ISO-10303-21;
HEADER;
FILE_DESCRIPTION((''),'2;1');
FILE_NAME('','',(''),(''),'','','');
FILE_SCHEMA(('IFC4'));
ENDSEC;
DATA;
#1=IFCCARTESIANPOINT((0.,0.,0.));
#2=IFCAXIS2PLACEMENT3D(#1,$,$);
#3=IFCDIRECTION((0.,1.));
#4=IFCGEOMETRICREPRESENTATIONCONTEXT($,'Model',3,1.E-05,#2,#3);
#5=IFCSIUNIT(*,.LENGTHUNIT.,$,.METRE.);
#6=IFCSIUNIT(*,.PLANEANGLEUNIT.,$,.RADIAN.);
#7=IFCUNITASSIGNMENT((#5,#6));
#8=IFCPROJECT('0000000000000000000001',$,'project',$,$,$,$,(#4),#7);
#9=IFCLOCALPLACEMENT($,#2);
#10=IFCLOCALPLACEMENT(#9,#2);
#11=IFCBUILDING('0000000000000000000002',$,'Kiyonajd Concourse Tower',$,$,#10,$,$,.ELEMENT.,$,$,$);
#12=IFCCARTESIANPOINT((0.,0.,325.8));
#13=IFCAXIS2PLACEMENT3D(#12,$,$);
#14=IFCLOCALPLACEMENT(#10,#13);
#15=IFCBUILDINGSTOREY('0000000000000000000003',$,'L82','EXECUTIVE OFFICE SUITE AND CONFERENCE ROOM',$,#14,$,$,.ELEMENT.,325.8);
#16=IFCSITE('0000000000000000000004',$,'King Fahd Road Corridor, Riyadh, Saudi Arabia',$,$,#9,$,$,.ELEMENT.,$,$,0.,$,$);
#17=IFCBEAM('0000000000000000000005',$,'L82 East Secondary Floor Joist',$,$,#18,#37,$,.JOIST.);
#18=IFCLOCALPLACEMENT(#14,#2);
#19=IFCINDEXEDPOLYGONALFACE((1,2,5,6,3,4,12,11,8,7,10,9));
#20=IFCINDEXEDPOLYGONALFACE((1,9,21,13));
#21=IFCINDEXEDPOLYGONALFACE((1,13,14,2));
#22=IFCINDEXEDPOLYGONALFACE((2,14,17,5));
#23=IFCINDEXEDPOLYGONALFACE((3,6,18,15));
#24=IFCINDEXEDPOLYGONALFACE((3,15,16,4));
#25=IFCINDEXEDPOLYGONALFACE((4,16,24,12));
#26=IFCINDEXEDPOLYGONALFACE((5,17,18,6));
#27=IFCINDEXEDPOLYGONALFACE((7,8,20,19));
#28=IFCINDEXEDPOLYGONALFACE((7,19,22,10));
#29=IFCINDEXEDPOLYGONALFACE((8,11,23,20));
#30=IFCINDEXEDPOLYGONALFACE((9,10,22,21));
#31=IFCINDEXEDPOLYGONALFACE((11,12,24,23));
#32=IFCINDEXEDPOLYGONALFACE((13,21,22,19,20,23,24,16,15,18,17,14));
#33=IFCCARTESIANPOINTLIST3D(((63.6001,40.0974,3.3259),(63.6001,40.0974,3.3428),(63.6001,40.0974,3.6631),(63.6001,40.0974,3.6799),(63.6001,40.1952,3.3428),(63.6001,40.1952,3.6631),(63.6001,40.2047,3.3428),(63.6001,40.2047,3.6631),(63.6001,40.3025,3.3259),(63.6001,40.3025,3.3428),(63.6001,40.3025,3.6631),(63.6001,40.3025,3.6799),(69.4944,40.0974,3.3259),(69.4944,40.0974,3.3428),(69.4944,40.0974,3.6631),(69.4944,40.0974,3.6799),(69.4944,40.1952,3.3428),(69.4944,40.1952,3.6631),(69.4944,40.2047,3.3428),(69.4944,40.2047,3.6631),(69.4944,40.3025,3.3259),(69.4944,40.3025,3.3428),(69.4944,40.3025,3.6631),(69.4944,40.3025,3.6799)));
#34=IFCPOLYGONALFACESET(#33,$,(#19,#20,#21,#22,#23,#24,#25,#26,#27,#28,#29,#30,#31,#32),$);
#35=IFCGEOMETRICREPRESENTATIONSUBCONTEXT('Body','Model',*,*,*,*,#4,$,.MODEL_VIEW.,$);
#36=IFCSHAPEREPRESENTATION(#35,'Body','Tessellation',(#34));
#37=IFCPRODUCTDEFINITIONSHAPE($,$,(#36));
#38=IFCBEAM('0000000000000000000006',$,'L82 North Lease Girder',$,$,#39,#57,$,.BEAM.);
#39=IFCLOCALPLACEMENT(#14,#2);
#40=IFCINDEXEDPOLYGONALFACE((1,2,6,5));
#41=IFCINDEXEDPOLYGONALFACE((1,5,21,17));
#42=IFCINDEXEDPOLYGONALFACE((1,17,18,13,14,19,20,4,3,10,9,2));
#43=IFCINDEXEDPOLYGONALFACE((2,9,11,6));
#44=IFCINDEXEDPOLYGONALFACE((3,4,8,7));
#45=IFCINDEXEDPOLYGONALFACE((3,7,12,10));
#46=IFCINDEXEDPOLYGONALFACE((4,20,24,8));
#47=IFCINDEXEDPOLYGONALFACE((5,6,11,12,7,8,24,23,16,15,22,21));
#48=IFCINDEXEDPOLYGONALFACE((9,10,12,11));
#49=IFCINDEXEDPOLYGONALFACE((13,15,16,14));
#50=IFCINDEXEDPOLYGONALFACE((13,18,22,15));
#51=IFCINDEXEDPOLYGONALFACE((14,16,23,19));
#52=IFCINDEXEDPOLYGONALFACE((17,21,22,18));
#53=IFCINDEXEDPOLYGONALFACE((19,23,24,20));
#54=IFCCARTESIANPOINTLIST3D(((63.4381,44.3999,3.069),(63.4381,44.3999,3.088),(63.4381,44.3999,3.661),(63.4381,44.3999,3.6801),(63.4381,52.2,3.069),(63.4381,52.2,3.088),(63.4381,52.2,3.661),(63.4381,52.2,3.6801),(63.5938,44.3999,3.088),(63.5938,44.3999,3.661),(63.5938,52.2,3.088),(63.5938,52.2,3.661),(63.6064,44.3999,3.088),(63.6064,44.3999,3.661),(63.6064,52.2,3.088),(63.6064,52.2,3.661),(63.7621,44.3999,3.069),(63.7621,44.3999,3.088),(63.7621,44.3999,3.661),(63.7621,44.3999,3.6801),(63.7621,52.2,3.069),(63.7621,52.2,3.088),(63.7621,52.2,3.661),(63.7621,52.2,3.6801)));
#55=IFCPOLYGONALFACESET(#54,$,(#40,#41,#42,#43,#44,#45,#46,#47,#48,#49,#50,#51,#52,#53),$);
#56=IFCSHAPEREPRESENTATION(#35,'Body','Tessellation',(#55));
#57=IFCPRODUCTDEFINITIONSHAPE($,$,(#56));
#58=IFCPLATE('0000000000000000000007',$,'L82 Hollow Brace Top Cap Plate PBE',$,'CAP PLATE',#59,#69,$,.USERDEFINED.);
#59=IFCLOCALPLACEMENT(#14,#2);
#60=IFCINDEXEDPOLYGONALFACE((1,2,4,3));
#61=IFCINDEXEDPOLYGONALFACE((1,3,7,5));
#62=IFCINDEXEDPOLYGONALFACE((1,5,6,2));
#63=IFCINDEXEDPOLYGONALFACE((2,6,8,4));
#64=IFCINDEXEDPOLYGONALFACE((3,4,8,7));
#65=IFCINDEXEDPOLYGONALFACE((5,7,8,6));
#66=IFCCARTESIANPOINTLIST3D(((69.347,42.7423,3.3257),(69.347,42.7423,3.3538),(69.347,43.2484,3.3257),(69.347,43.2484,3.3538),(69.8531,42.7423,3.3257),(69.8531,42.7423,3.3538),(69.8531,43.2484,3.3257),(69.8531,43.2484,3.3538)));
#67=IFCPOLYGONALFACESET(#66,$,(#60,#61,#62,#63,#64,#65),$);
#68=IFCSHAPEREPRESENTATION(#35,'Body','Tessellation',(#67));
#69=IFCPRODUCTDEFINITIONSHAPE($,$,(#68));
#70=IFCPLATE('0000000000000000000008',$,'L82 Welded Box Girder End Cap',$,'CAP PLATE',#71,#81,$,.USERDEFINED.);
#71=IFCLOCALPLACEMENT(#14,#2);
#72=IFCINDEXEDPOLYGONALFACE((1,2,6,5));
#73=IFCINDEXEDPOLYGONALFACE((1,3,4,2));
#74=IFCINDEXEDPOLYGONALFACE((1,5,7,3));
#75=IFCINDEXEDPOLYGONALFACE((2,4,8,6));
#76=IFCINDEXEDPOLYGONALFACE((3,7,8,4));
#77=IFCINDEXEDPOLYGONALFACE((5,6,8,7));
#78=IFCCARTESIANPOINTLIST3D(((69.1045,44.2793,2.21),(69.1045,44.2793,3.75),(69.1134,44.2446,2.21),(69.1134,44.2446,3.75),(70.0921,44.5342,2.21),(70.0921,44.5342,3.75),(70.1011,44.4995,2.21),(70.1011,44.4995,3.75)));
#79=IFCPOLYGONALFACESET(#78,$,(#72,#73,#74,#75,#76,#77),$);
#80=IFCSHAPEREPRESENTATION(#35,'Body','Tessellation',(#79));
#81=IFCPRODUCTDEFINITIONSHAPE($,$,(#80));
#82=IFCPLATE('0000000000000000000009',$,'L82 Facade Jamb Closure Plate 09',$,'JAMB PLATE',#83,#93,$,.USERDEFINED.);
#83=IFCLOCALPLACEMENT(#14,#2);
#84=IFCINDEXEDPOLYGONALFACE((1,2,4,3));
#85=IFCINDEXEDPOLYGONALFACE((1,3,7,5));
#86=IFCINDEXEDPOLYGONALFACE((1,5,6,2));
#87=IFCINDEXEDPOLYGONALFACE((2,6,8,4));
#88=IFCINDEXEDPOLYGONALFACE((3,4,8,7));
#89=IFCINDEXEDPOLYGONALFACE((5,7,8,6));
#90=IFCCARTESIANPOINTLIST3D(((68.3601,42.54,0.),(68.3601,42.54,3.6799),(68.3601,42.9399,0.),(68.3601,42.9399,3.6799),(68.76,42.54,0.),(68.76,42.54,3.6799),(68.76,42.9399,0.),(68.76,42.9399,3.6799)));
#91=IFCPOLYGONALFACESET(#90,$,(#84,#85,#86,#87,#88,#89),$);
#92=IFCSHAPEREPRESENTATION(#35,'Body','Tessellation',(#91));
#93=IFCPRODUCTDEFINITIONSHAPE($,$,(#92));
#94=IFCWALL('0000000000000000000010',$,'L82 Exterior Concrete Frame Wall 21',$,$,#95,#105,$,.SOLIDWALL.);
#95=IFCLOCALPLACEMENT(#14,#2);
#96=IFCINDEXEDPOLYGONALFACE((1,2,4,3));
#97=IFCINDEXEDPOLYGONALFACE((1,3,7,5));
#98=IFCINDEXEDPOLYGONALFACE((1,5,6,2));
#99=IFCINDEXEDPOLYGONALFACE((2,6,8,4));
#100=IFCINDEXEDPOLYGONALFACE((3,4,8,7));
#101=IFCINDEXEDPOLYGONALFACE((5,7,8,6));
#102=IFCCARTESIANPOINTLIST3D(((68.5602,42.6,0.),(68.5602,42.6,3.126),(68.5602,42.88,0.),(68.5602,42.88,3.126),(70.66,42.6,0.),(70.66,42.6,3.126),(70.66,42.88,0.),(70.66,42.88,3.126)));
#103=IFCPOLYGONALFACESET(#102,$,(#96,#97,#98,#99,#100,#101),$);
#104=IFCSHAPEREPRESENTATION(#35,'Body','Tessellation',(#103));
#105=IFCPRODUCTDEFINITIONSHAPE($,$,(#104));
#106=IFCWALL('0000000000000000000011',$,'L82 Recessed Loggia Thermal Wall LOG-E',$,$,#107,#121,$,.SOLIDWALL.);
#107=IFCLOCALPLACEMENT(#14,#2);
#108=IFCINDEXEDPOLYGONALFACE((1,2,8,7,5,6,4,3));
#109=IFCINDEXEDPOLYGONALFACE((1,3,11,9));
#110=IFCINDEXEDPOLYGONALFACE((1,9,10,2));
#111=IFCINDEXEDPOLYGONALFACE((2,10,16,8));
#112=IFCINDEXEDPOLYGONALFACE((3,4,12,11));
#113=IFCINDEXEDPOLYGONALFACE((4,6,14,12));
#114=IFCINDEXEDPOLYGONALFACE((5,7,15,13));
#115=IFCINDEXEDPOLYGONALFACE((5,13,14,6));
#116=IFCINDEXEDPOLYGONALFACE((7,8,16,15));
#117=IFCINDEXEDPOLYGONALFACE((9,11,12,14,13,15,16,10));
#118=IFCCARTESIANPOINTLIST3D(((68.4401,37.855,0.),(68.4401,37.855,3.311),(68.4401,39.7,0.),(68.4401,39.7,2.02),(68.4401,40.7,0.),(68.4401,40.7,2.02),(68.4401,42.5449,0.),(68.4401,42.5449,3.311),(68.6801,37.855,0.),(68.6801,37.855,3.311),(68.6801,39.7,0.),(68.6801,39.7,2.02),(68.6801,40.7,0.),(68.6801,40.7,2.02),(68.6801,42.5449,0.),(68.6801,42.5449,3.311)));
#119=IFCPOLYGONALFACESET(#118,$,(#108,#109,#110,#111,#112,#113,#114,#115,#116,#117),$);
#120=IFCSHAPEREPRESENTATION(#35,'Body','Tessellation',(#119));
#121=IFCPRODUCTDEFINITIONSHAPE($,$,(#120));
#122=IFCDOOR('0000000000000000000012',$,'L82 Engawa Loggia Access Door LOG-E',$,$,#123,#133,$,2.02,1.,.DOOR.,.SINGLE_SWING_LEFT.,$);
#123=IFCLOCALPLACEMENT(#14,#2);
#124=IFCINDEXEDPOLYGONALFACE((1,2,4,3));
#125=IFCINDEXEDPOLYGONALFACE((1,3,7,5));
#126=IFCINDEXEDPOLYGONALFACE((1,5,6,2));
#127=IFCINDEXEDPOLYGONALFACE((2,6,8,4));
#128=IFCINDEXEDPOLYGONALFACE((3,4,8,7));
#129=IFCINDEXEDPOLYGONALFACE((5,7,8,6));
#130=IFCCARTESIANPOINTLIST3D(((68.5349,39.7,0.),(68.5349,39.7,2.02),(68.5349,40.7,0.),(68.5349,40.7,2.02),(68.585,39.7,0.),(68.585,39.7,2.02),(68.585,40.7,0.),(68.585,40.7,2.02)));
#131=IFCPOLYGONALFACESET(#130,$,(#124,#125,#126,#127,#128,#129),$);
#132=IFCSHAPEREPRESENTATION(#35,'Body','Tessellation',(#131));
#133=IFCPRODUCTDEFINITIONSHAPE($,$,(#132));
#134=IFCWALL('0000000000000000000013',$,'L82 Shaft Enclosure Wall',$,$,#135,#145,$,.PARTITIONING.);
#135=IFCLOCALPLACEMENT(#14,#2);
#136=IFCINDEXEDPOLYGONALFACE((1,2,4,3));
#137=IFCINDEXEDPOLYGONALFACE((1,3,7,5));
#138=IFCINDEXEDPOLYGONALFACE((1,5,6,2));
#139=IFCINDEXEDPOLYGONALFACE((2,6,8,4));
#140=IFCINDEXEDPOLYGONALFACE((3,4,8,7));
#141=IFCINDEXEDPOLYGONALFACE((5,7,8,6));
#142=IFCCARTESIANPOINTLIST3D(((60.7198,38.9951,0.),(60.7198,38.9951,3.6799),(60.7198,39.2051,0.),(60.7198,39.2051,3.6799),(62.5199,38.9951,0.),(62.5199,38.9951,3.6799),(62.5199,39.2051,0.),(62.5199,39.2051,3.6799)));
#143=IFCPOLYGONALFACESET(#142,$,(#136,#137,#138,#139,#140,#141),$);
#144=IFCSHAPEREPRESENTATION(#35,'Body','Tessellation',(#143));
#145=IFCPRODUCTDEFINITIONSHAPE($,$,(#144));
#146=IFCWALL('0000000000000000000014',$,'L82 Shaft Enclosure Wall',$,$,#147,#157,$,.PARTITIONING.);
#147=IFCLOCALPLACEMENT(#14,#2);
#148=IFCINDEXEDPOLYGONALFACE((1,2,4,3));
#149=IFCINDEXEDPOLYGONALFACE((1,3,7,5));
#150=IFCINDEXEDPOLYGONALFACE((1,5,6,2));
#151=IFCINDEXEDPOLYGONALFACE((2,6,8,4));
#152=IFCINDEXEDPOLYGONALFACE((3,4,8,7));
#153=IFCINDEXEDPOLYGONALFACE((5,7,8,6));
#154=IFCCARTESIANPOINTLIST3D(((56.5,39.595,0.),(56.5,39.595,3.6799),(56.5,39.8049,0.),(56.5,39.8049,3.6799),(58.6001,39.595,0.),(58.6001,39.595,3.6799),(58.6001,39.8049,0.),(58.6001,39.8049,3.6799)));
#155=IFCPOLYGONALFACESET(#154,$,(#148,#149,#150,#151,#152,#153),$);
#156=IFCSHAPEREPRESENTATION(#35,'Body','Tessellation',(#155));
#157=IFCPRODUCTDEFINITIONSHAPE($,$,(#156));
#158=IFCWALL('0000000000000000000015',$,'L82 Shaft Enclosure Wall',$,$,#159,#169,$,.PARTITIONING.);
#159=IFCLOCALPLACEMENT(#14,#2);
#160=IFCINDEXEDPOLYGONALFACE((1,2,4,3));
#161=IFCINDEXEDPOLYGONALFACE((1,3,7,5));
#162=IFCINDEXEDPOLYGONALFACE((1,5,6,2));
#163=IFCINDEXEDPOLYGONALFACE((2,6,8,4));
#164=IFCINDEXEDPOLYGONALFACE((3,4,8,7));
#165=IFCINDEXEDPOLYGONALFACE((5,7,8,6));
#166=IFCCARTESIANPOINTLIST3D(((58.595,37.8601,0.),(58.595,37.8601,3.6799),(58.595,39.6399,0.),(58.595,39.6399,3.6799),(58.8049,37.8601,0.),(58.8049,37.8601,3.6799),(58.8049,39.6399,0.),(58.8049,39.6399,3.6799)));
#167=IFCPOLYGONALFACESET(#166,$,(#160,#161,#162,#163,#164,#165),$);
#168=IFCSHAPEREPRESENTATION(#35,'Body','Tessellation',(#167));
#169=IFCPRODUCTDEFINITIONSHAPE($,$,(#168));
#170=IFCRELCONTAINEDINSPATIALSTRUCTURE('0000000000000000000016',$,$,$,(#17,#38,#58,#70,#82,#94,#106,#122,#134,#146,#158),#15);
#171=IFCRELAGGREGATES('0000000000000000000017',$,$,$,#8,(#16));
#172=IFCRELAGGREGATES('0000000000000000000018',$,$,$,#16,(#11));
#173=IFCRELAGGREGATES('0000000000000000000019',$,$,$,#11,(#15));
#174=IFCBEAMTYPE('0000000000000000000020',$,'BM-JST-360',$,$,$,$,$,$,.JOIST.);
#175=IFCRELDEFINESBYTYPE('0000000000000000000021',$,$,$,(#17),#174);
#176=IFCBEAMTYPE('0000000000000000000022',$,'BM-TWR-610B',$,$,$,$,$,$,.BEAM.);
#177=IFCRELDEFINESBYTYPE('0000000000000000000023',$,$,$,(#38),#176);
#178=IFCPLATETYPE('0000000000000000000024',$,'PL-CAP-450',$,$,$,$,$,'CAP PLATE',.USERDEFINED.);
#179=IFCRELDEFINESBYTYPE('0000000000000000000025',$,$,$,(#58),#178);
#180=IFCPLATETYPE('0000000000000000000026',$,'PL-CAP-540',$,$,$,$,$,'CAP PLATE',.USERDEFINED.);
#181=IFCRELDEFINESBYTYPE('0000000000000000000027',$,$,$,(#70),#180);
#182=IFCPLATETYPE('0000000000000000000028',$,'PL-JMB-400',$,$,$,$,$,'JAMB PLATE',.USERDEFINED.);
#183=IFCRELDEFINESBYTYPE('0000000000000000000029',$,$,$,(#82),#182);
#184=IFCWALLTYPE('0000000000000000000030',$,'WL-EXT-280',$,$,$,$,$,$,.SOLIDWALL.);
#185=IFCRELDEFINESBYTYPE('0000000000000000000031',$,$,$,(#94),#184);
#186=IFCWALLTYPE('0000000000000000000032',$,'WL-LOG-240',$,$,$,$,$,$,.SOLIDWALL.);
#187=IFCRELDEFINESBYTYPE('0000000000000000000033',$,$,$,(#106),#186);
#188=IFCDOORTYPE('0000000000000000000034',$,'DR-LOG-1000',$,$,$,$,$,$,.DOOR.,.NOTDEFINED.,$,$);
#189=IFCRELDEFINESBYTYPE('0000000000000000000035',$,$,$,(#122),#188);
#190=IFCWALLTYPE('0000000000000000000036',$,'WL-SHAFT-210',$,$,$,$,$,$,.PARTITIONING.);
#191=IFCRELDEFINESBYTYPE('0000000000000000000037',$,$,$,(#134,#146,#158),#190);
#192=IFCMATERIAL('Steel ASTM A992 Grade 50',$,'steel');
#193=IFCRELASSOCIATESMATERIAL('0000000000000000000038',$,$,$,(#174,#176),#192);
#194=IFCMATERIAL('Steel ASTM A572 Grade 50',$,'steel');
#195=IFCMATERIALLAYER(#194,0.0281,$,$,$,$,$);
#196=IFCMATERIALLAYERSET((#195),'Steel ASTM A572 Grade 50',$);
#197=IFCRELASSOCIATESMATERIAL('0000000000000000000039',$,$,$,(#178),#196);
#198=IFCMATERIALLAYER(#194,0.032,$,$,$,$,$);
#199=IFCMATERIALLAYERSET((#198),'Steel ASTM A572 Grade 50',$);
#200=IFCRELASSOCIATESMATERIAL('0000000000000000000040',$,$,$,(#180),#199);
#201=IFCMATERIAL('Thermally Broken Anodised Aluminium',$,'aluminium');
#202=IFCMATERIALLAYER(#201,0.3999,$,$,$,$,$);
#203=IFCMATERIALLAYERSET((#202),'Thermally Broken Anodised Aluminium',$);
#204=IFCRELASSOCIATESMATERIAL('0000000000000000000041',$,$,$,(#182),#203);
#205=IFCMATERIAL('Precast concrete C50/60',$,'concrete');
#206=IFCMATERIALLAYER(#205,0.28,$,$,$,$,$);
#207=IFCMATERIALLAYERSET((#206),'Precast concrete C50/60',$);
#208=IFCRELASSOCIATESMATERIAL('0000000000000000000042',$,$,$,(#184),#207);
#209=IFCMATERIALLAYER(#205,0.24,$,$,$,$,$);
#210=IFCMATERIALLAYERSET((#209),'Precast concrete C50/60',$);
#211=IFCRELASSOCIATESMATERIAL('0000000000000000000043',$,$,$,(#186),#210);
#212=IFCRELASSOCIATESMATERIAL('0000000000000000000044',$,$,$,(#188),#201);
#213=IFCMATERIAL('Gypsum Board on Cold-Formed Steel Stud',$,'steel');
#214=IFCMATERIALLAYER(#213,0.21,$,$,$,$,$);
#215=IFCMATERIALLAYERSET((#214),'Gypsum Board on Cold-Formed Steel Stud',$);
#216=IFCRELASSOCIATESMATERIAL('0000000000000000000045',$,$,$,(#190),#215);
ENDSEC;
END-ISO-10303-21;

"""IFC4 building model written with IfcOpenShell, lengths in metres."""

from ifc_helpers import new_model, si_unit, direction, frame, frame_2d, origin, origin_2d, place, context, subcontext, project, spatial, rectangle, i_section, extrude, material, layer, layer_set, material_profile, profile_set, type_object, element, fill, save


model = new_model("IFC4")

# Units and contexts
model_context = context("Model", 3, precision=1e-05, world=origin(), true_north=direction((0.0, 1.0)))
body_context = subcontext(model_context, "Body", "Model", "MODEL_VIEW")
ifc_project = project(units=[si_unit("LENGTHUNIT", "METRE"), si_unit("PLANEANGLEUNIT", "RADIAN")], contexts=[model_context])

# Site, building, storey
site_placement = place(None, origin())
site = spatial("IfcSite", under=ifc_project, at=site_placement, Name="King Fahd Road Corridor, Riyadh, Saudi Arabia", CompositionType="ELEMENT", RefElevation=0.0)
building_placement = place(site_placement, origin())
building = spatial("IfcBuilding", under=site, at=building_placement, Name="Kiyonajd Concourse Tower", CompositionType="ELEMENT")
storey_placement = place(building_placement, frame((0.0, 0.0, 325.8)))
storey = spatial("IfcBuildingStorey", under=building, at=storey_placement, Name="L82", Description="EXECUTIVE OFFICE SUITE AND CONFERENCE ROOM", CompositionType="ELEMENT", Elevation=325.8)

# Beams
ifc_material_1 = material(Name="Steel ASTM A992 Grade 50", Category="steel")
ifc_material_profile_1 = material_profile(ifc_material_1, i_section(OverallWidth=0.2051, OverallDepth=0.354, WebThickness=0.0095, FlangeThickness=0.0168, at=origin_2d()), Name="W360X79")
ifc_profile_set_1 = profile_set([ifc_material_profile_1], Name="Steel ASTM A992 Grade 50")
beam_type_1 = type_object("IfcBeamType", Name="BM-JST-360", PredefinedType="JOIST", material=ifc_profile_set_1)
beam_1_placement = place(storey_placement, frame((63.6001, 40.2, 3.5029), z_axis=(1.0, 0.0, 0.0), x_axis=(0.0, 1.0, 0.0)))
element("IfcBeam", 1, at=beam_1_placement, inside=storey, type_object=beam_type_1, Name="L82 East Secondary Floor Joist", PredefinedType="JOIST", context=body_context, shape_type="SweptSolid", body=[
    extrude(i_section(OverallWidth=0.2051, OverallDepth=0.354, WebThickness=0.0095, FlangeThickness=0.0168, at=origin_2d()), origin(), (0.0, 0.0, 1.0), 5.8943),
])
ifc_material_profile_2 = material_profile(ifc_material_1, i_section(OverallWidth=0.324, OverallDepth=0.6111, WebThickness=0.0127, FlangeThickness=0.019, at=origin_2d()), Name="W610X155")
ifc_profile_set_2 = profile_set([ifc_material_profile_2], Name="Steel ASTM A992 Grade 50")
beam_type_2 = type_object("IfcBeamType", Name="BM-TWR-610B", PredefinedType="BEAM", material=ifc_profile_set_2)
beam_2_placement = place(storey_placement, frame((63.6001, 44.3999, 3.3745), z_axis=(0.0, 1.0, 0.0), x_axis=(-1.0, 0.0, 0.0)))
element("IfcBeam", 2, at=beam_2_placement, inside=storey, type_object=beam_type_2, Name="L82 North Lease Girder", PredefinedType="BEAM", context=body_context, shape_type="SweptSolid", body=[
    extrude(i_section(OverallWidth=0.324, OverallDepth=0.6111, WebThickness=0.0127, FlangeThickness=0.019, at=origin_2d()), origin(), (0.0, 0.0, 1.0), 7.8),
])

# Plates
ifc_material_2 = material(Name="Steel ASTM A572 Grade 50", Category="steel")
ifc_layer_1 = layer(ifc_material_2, 0.0281)
ifc_layer_set_1 = layer_set([ifc_layer_1], Name="Steel ASTM A572 Grade 50")
plate_type_1 = type_object("IfcPlateType", Name="PL-CAP-450", ElementType="CAP PLATE", PredefinedType="USERDEFINED", material=ifc_layer_set_1)
plate_1_placement = place(storey_placement, frame((69.6001, 42.9954, 3.3257), z_axis=(0.0, 0.0, 1.0), x_axis=(1.0, 0.0, 0.0)))
element("IfcPlate", 3, at=plate_1_placement, inside=storey, type_object=plate_type_1, Name="L82 Hollow Brace Top Cap Plate PBE", ObjectType="CAP PLATE", PredefinedType="USERDEFINED", context=body_context, shape_type="SweptSolid", body=[
    extrude(rectangle(XDim=0.5061, YDim=0.5061, at=origin_2d()), origin(), (0.0, 0.0, 1.0), 0.0281),
])
ifc_layer_2 = layer(ifc_material_2, 0.032)
ifc_layer_set_2 = layer_set([ifc_layer_2], Name="Steel ASTM A572 Grade 50")
plate_type_2 = type_object("IfcPlateType", Name="PL-CAP-540", ElementType="CAP PLATE", PredefinedType="USERDEFINED", material=ifc_layer_set_2)
plate_2_placement = place(storey_placement, frame((69.6028, 44.3894, 2.21), z_axis=(0.0, 0.0, 1.0), x_axis=(0.249873, -0.968279, 0.0)))
element("IfcPlate", 4, at=plate_2_placement, inside=storey, type_object=plate_type_2, Name="L82 Welded Box Girder End Cap", ObjectType="CAP PLATE", PredefinedType="USERDEFINED", context=body_context, shape_type="SweptSolid", body=[
    extrude(rectangle(XDim=0.0359, YDim=1.02, at=origin_2d()), origin(), (0.0, 0.0, 1.0), 1.54),
])
ifc_material_3 = material(Name="Thermally Broken Anodised Aluminium", Category="aluminium")
ifc_layer_3 = layer(ifc_material_3, 0.3999)
ifc_layer_set_3 = layer_set([ifc_layer_3], Name="Thermally Broken Anodised Aluminium")
plate_type_3 = type_object("IfcPlateType", Name="PL-JMB-400", ElementType="JAMB PLATE", PredefinedType="USERDEFINED", material=ifc_layer_set_3)
plate_3_placement = place(storey_placement, frame((68.5601, 42.74, 0.0), z_axis=(0.0, 0.0, 1.0), x_axis=(1.0, 0.0, 0.0)))
element("IfcPlate", 5, at=plate_3_placement, inside=storey, type_object=plate_type_3, Name="L82 Facade Jamb Closure Plate 09", ObjectType="JAMB PLATE", PredefinedType="USERDEFINED", context=body_context, shape_type="SweptSolid", body=[
    extrude(rectangle(XDim=0.3999, YDim=0.3999, at=origin_2d()), origin(), (0.0, 0.0, 1.0), 3.6799),
])

# Wall
ifc_material_4 = material(Name="Precast concrete C50/60", Category="concrete")
ifc_layer_4 = layer(ifc_material_4, 0.28)
ifc_layer_set_4 = layer_set([ifc_layer_4], Name="Precast concrete C50/60")
wall_type_1 = type_object("IfcWallType", Name="WL-EXT-280", PredefinedType="SOLIDWALL", material=ifc_layer_set_4)
wall_1_placement = place(storey_placement, frame((70.6599, 42.74, 0.0), z_axis=(0.0, 0.0, 1.0), x_axis=(-1.0, 0.0, 0.0)))
element("IfcWall", 6, at=wall_1_placement, inside=storey, type_object=wall_type_1, Name="L82 Exterior Concrete Frame Wall 21", PredefinedType="SOLIDWALL", context=body_context, shape_type="SweptSolid", body=[
    extrude(rectangle(XDim=2.0999, YDim=0.28, at=frame_2d((1.0498, 0.0))), origin(), (0.0, 0.0, 1.0), 3.126),
])

# Wall, opening, door
ifc_layer_5 = layer(ifc_material_4, 0.24)
ifc_layer_set_5 = layer_set([ifc_layer_5], Name="Precast concrete C50/60")
wall_type_2 = type_object("IfcWallType", Name="WL-LOG-240", PredefinedType="SOLIDWALL", material=ifc_layer_set_5)
wall_2_placement = place(storey_placement, frame((68.5601, 42.5449, 0.0), z_axis=(0.0, 0.0, 1.0), x_axis=(0.0, -1.0, 0.0)))
wall_2 = element("IfcWall", 7, at=wall_2_placement, inside=storey, type_object=wall_type_2, Name="L82 Recessed Loggia Thermal Wall LOG-E", PredefinedType="SOLIDWALL", context=body_context, shape_type="SweptSolid", body=[
    extrude(rectangle(XDim=4.6899, YDim=0.24, at=frame_2d((2.345, 0.0))), origin(), (0.0, 0.0, 1.0), 3.311),
])
opening_1_placement = place(wall_2_placement, frame((1.845, 0.0, 0.0)))
opening_1 = element("IfcOpeningElement", 8, at=opening_1_placement, cuts=wall_2, PredefinedType="OPENING", context=body_context, shape_type="SweptSolid", body=[
    extrude(rectangle(XDim=1.0, YDim=2.02, at=frame_2d((0.5, 1.01))), frame((0.0, 0.1299, 0.0), z_axis=(0.0, -1.0, 0.0), x_axis=(1.0, 0.0, 0.0)), (0.0, 0.0, 1.0), 0.26),
])
door_type_1 = type_object("IfcDoorType", Name="DR-LOG-1000", OperationType="NOTDEFINED", PredefinedType="DOOR", material=ifc_material_3)
door_1_placement = place(opening_1_placement, origin())
door_1 = element("IfcDoor", 9, at=door_1_placement, inside=storey, type_object=door_type_1, Name="L82 Engawa Loggia Access Door LOG-E", OperationType="SINGLE_SWING_LEFT", OverallHeight=2.02, OverallWidth=1.0, PredefinedType="DOOR", context=body_context, shape_type="SweptSolid", body=[
    extrude(rectangle(XDim=1.0, YDim=2.02, at=frame_2d((0.5, 1.01))), frame((0.0, 0.0249, 0.0), z_axis=(0.0, -1.0, 0.0), x_axis=(1.0, 0.0, 0.0)), (0.0, 0.0, 1.0), 0.05),
])
fill(opening_1, door_1)

# Walls
ifc_material_5 = material(Name="Gypsum Board on Cold-Formed Steel Stud", Category="steel")
ifc_layer_6 = layer(ifc_material_5, 0.21)
ifc_layer_set_6 = layer_set([ifc_layer_6], Name="Gypsum Board on Cold-Formed Steel Stud")
wall_type_3 = type_object("IfcWallType", Name="WL-SHAFT-210", PredefinedType="PARTITIONING", material=ifc_layer_set_6)
wall_3_placement = place(storey_placement, frame((60.72, 39.1001, 0.0), z_axis=(0.0, 0.0, 1.0), x_axis=(1.0, 0.0, 0.0)))
element("IfcWall", 10, at=wall_3_placement, inside=storey, type_object=wall_type_3, Name="L82 Shaft Enclosure Wall", PredefinedType="PARTITIONING", context=body_context, shape_type="SweptSolid", body=[
    extrude(rectangle(XDim=1.8, YDim=0.21, at=frame_2d((0.8999, 0.0))), origin(), (0.0, 0.0, 1.0), 3.6799),
])
wall_4_placement = place(storey_placement, frame((56.5, 39.7, 0.0), z_axis=(0.0, 0.0, 1.0), x_axis=(1.0, 0.0, 0.0)))
element("IfcWall", 11, at=wall_4_placement, inside=storey, type_object=wall_type_3, Name="L82 Shaft Enclosure Wall", PredefinedType="PARTITIONING", context=body_context, shape_type="SweptSolid", body=[
    extrude(rectangle(XDim=2.1001, YDim=0.21, at=frame_2d((1.05, 0.0))), origin(), (0.0, 0.0, 1.0), 3.6799),
])
wall_5_placement = place(storey_placement, frame((58.7, 37.8601, 0.0), z_axis=(0.0, 0.0, 1.0), x_axis=(0.0, 1.0, 0.0)))
element("IfcWall", 12, at=wall_5_placement, inside=storey, type_object=wall_type_3, Name="L82 Shaft Enclosure Wall", PredefinedType="PARTITIONING", context=body_context, shape_type="SweptSolid", body=[
    extrude(rectangle(XDim=1.7798, YDim=0.21, at=frame_2d((0.8899, 0.0))), origin(), (0.0, 0.0, 1.0), 3.6799),
])

save(model, "model.ifc")
